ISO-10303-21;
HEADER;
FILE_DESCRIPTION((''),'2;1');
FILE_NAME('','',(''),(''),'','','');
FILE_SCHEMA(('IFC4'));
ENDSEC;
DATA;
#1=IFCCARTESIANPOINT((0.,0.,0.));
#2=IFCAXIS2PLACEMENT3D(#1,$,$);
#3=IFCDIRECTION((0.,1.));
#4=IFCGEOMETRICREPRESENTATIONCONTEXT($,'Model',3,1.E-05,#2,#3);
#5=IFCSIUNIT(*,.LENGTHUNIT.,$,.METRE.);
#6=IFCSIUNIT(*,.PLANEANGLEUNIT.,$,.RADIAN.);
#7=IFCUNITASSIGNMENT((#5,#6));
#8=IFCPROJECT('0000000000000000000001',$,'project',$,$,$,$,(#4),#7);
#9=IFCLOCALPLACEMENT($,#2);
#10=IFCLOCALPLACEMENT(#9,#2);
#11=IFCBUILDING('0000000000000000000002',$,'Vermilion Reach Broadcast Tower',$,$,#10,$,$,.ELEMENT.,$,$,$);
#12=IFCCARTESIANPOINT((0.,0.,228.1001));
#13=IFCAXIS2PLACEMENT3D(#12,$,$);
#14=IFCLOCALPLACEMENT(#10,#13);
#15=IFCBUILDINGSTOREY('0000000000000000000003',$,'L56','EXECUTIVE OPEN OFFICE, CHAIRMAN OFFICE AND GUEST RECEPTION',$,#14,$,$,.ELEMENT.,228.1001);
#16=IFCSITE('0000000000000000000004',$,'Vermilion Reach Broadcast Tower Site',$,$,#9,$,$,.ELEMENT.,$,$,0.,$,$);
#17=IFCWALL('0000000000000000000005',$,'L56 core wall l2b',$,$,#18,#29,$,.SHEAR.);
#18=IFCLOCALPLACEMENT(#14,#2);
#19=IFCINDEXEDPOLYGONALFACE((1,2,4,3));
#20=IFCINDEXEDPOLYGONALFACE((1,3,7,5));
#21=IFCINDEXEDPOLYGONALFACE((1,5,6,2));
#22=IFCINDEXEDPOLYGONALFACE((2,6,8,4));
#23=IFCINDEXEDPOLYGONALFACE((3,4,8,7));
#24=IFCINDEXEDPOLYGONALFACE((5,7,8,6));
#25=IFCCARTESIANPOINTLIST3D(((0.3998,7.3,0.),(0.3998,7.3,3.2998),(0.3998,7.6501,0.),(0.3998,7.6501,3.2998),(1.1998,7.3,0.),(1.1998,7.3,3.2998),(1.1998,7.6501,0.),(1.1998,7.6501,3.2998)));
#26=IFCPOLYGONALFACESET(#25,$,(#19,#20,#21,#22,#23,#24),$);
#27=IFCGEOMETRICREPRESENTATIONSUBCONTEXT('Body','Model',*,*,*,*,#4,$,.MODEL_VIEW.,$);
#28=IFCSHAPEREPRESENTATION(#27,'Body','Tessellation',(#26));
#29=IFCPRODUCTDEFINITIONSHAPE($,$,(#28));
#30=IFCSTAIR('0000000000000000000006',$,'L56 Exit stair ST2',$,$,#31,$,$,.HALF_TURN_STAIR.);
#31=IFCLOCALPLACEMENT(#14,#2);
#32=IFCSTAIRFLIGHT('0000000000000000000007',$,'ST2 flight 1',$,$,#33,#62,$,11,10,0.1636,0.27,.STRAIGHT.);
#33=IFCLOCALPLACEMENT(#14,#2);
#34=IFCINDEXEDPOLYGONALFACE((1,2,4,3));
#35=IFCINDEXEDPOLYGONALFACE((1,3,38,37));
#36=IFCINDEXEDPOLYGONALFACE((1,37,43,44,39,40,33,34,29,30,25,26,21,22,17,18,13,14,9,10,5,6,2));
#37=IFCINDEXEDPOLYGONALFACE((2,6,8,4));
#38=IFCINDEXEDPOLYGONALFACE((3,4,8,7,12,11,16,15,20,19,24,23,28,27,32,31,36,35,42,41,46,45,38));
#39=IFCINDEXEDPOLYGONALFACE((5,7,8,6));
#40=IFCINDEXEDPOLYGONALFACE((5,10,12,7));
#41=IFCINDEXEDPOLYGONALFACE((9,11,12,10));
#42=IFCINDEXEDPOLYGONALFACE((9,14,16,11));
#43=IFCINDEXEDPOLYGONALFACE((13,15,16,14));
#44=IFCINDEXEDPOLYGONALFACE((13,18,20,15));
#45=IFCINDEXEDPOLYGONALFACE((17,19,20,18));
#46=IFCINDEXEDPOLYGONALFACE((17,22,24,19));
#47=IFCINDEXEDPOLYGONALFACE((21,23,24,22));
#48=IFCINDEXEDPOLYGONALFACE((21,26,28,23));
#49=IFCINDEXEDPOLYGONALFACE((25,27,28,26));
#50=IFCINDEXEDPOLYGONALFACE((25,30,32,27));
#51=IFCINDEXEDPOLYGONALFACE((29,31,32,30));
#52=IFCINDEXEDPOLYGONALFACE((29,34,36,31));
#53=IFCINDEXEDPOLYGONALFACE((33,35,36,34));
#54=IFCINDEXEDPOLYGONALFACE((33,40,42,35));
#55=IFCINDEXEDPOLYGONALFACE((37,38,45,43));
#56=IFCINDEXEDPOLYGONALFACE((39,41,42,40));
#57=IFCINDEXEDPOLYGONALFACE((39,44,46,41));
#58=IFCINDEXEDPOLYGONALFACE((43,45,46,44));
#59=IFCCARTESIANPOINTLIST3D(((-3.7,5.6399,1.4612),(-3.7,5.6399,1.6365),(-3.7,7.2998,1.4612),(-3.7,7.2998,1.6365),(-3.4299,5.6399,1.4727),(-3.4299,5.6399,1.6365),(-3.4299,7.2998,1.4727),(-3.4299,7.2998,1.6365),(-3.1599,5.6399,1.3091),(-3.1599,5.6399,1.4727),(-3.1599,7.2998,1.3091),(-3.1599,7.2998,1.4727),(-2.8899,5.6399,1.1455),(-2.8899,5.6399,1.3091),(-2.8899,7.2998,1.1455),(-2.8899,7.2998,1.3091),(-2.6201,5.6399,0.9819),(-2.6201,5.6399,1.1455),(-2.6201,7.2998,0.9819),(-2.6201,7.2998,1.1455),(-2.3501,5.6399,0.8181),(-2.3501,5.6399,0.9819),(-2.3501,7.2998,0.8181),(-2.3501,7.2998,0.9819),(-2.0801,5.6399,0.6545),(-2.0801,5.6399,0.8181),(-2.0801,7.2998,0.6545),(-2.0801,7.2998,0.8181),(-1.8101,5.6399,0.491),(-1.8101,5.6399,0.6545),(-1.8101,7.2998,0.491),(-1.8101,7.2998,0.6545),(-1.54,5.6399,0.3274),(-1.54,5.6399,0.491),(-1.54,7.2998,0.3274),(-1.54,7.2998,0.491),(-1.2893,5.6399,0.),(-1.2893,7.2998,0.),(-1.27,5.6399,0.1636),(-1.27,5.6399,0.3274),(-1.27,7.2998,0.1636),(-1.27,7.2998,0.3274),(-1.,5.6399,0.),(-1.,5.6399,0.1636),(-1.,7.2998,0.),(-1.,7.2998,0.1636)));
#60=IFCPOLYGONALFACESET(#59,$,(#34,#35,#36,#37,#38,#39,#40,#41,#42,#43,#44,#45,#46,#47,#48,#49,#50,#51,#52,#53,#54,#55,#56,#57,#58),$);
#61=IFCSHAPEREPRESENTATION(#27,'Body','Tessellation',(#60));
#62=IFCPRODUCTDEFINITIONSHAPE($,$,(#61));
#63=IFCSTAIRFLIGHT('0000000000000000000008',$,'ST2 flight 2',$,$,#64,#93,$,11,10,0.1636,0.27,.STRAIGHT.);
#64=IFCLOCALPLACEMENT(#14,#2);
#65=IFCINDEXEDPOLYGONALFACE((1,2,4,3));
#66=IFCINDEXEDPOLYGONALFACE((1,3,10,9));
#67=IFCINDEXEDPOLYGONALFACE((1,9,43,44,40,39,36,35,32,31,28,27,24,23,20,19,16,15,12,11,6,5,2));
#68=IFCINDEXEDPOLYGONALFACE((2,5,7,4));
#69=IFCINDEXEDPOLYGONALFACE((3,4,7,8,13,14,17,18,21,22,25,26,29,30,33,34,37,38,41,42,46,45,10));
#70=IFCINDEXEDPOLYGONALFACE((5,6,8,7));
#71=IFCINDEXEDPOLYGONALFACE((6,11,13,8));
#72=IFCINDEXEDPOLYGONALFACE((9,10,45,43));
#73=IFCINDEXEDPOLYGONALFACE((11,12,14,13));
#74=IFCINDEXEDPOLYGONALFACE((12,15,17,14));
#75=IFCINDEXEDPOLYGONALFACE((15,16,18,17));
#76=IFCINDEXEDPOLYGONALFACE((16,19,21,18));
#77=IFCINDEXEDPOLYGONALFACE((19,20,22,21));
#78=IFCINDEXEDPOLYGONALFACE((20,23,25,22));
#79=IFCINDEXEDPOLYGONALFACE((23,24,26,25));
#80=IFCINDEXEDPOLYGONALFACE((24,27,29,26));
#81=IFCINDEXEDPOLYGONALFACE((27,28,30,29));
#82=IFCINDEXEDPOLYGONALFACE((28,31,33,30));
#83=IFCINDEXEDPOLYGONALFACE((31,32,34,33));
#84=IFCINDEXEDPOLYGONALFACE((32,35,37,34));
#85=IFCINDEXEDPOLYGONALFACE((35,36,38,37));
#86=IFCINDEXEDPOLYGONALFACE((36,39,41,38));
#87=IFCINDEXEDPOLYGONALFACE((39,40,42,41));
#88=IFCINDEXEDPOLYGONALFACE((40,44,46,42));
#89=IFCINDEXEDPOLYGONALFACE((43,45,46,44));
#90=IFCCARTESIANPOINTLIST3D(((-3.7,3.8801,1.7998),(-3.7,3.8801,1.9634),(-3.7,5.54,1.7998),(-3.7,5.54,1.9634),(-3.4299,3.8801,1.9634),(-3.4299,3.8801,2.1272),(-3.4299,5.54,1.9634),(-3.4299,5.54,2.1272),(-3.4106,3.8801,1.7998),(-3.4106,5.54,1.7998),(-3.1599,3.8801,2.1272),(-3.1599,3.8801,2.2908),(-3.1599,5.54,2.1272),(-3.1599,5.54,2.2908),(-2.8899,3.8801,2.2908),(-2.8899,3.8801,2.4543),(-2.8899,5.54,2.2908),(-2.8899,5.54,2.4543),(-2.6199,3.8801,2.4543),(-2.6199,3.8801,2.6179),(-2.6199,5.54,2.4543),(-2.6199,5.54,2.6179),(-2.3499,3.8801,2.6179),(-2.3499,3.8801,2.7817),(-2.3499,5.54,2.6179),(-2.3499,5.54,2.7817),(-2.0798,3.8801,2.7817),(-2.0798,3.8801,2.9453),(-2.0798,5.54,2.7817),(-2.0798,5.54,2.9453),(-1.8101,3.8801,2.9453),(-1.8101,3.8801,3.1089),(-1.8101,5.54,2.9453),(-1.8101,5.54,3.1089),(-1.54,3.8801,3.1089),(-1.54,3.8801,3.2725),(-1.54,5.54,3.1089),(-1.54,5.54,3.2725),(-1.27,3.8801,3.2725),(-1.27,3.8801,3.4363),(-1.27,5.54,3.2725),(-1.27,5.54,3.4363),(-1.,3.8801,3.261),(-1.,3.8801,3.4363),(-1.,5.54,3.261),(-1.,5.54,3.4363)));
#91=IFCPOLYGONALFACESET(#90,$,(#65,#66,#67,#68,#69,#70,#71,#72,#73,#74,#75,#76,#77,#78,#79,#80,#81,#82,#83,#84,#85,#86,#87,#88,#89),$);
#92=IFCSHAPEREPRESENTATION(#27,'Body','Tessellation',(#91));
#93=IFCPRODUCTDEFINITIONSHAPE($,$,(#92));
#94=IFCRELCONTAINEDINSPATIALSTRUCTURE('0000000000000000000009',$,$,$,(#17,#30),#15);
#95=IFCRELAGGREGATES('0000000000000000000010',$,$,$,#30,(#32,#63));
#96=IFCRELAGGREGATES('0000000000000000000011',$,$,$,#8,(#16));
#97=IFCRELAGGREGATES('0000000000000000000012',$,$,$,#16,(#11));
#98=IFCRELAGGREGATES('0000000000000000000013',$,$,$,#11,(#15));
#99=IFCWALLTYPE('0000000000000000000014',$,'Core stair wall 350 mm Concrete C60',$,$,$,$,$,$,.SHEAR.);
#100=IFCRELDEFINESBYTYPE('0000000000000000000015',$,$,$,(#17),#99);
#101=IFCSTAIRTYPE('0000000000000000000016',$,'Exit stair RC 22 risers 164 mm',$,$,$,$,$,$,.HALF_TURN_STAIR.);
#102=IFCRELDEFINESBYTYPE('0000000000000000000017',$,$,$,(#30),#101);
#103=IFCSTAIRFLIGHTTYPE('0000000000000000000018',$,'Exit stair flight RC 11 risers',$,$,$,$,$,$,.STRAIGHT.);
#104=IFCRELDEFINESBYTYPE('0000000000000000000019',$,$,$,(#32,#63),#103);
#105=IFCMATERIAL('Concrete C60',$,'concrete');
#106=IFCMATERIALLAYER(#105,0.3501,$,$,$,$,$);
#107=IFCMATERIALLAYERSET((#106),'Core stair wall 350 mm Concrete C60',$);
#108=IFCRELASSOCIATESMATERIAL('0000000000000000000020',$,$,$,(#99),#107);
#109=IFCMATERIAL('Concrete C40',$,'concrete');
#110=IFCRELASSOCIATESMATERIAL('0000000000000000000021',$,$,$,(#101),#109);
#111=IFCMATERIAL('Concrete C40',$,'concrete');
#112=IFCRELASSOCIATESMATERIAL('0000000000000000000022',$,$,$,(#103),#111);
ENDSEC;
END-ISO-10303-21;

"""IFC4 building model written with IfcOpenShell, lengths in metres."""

from ifc_helpers import new_model, si_unit, direction, frame, frame_2d, origin, place, context, subcontext, project, spatial, polyline, rectangle, outline, extrude, material, layer, layer_set, type_object, element, aggregate, save


model = new_model("IFC4")

# Units and contexts
model_context = context("Model", 3, precision=1e-05, world=origin(), true_north=direction((0.0, 1.0)))
body_context = subcontext(model_context, "Body", "Model", "MODEL_VIEW")
ifc_project = project(units=[si_unit("LENGTHUNIT", "METRE"), si_unit("PLANEANGLEUNIT", "RADIAN")], contexts=[model_context])

# Site, building, storey
site_placement = place(None, origin())
site = spatial("IfcSite", under=ifc_project, at=site_placement, Name="Vermilion Reach Broadcast Tower Site", CompositionType="ELEMENT", RefElevation=0.0)
building_placement = place(site_placement, origin())
building = spatial("IfcBuilding", under=site, at=building_placement, Name="Vermilion Reach Broadcast Tower", CompositionType="ELEMENT")
storey_placement = place(building_placement, frame((0.0, 0.0, 228.1001)))
storey = spatial("IfcBuildingStorey", under=building, at=storey_placement, Name="L56", Description="EXECUTIVE OPEN OFFICE, CHAIRMAN OFFICE AND GUEST RECEPTION", CompositionType="ELEMENT", Elevation=228.1001)

# Wall
ifc_material_1 = material(Name="Concrete C60", Category="concrete")
ifc_layer_1 = layer(ifc_material_1, 0.3501)
ifc_layer_set_1 = layer_set([ifc_layer_1], Name="Core stair wall 350 mm Concrete C60")
wall_type_1 = type_object("IfcWallType", Name="Core stair wall 350 mm Concrete C60", PredefinedType="SHEAR", material=ifc_layer_set_1)
wall_1_placement = place(storey_placement, frame((0.3999, 7.4751, 0.0), z_axis=(0.0, 0.0, 1.0), x_axis=(1.0, 0.0, 0.0)))
element("IfcWall", 1, at=wall_1_placement, inside=storey, type_object=wall_type_1, Name="L56 core wall l2b", PredefinedType="SHEAR", context=body_context, shape_type="SweptSolid", body=[
    extrude(rectangle(XDim=0.8, YDim=0.3501, at=frame_2d((0.3999, 0.0))), origin(), (0.0, 0.0, 1.0), 3.2998),
])

# Stair, stair flights
ifc_material_2 = material(Name="Concrete C40", Category="concrete")
stair_type = type_object("IfcStairType", Name="Exit stair RC 22 risers 164 mm", PredefinedType="HALF_TURN_STAIR", material=ifc_material_2)
stair_placement = place(storey_placement, origin())
stair = element("IfcStair", 2, at=stair_placement, inside=storey, type_object=stair_type, Name="L56 Exit stair ST2", PredefinedType="HALF_TURN_STAIR")
ifc_material_3 = material(Name="Concrete C40", Category="concrete")
stair_flight_type = type_object("IfcStairFlightType", Name="Exit stair flight RC 11 risers", PredefinedType="STRAIGHT", material=ifc_material_3)
stair_flight_1_placement = place(storey_placement, frame((-1.0, 6.47, 0.0), z_axis=(0.0, 0.0, 1.0), x_axis=(-1.0, 0.0, 0.0)))
stair_flight_1 = element("IfcStairFlight", 3, at=stair_flight_1_placement, type_object=stair_flight_type, Name="ST2 flight 1", NumberOfRisers=11, NumberOfTreads=10, PredefinedType="STRAIGHT", RiserHeight=0.1636, TreadLength=0.27, context=body_context, shape_type="SweptSolid", body=[
    extrude(outline(polyline([(0.0, 0.0), (0.0, 0.1636), (0.27, 0.1636), (0.27, 0.3274), (0.54, 0.3274), (0.54, 0.491), (0.8101, 0.491), (0.8101, 0.6545), (1.0801, 0.6545), (1.0801, 0.8181), (1.3501, 0.8181), (1.3501, 0.9819), (1.6201, 0.9819), (1.6201, 1.1455), (1.8899, 1.1455), (1.8899, 1.3091), (2.1599, 1.3091), (2.1599, 1.4727), (2.4299, 1.4727), (2.4299, 1.6365), (2.7, 1.6365), (2.7, 1.8), (2.7, 1.4612), (0.2893, 0.0), (0.0, 0.0)])), frame((0.0, 0.8301, 0.0), z_axis=(0.0, -1.0, 0.0), x_axis=(1.0, 0.0, 0.0)), (0.0, 0.0, 1.0), 1.6599),
])
stair_flight_2_placement = place(storey_placement, frame((-3.7, 4.71, 1.7998), z_axis=(0.0, 0.0, 1.0), x_axis=(1.0, 0.0, 0.0)))
stair_flight_2 = element("IfcStairFlight", 4, at=stair_flight_2_placement, type_object=stair_flight_type, Name="ST2 flight 2", NumberOfRisers=11, NumberOfTreads=10, PredefinedType="STRAIGHT", RiserHeight=0.1636, TreadLength=0.27, context=body_context, shape_type="SweptSolid", body=[
    extrude(outline(polyline([(0.0, 0.0), (0.0, 0.1636), (0.27, 0.1636), (0.27, 0.3274), (0.54, 0.3274), (0.54, 0.491), (0.8101, 0.491), (0.8101, 0.6545), (1.0801, 0.6545), (1.0801, 0.8181), (1.3501, 0.8181), (1.3501, 0.9819), (1.6201, 0.9819), (1.6201, 1.1455), (1.8899, 1.1455), (1.8899, 1.3091), (2.1599, 1.3091), (2.1599, 1.4727), (2.4299, 1.4727), (2.4299, 1.6365), (2.7, 1.6365), (2.7, 1.8), (2.7, 1.4612), (0.2893, 0.0), (0.0, 0.0)])), frame((0.0, 0.8301, 0.0), z_axis=(0.0, -1.0, 0.0), x_axis=(1.0, 0.0, 0.0)), (0.0, 0.0, 1.0), 1.6599),
])
aggregate(stair, [stair_flight_1, stair_flight_2])

save(model, "model.ifc")
